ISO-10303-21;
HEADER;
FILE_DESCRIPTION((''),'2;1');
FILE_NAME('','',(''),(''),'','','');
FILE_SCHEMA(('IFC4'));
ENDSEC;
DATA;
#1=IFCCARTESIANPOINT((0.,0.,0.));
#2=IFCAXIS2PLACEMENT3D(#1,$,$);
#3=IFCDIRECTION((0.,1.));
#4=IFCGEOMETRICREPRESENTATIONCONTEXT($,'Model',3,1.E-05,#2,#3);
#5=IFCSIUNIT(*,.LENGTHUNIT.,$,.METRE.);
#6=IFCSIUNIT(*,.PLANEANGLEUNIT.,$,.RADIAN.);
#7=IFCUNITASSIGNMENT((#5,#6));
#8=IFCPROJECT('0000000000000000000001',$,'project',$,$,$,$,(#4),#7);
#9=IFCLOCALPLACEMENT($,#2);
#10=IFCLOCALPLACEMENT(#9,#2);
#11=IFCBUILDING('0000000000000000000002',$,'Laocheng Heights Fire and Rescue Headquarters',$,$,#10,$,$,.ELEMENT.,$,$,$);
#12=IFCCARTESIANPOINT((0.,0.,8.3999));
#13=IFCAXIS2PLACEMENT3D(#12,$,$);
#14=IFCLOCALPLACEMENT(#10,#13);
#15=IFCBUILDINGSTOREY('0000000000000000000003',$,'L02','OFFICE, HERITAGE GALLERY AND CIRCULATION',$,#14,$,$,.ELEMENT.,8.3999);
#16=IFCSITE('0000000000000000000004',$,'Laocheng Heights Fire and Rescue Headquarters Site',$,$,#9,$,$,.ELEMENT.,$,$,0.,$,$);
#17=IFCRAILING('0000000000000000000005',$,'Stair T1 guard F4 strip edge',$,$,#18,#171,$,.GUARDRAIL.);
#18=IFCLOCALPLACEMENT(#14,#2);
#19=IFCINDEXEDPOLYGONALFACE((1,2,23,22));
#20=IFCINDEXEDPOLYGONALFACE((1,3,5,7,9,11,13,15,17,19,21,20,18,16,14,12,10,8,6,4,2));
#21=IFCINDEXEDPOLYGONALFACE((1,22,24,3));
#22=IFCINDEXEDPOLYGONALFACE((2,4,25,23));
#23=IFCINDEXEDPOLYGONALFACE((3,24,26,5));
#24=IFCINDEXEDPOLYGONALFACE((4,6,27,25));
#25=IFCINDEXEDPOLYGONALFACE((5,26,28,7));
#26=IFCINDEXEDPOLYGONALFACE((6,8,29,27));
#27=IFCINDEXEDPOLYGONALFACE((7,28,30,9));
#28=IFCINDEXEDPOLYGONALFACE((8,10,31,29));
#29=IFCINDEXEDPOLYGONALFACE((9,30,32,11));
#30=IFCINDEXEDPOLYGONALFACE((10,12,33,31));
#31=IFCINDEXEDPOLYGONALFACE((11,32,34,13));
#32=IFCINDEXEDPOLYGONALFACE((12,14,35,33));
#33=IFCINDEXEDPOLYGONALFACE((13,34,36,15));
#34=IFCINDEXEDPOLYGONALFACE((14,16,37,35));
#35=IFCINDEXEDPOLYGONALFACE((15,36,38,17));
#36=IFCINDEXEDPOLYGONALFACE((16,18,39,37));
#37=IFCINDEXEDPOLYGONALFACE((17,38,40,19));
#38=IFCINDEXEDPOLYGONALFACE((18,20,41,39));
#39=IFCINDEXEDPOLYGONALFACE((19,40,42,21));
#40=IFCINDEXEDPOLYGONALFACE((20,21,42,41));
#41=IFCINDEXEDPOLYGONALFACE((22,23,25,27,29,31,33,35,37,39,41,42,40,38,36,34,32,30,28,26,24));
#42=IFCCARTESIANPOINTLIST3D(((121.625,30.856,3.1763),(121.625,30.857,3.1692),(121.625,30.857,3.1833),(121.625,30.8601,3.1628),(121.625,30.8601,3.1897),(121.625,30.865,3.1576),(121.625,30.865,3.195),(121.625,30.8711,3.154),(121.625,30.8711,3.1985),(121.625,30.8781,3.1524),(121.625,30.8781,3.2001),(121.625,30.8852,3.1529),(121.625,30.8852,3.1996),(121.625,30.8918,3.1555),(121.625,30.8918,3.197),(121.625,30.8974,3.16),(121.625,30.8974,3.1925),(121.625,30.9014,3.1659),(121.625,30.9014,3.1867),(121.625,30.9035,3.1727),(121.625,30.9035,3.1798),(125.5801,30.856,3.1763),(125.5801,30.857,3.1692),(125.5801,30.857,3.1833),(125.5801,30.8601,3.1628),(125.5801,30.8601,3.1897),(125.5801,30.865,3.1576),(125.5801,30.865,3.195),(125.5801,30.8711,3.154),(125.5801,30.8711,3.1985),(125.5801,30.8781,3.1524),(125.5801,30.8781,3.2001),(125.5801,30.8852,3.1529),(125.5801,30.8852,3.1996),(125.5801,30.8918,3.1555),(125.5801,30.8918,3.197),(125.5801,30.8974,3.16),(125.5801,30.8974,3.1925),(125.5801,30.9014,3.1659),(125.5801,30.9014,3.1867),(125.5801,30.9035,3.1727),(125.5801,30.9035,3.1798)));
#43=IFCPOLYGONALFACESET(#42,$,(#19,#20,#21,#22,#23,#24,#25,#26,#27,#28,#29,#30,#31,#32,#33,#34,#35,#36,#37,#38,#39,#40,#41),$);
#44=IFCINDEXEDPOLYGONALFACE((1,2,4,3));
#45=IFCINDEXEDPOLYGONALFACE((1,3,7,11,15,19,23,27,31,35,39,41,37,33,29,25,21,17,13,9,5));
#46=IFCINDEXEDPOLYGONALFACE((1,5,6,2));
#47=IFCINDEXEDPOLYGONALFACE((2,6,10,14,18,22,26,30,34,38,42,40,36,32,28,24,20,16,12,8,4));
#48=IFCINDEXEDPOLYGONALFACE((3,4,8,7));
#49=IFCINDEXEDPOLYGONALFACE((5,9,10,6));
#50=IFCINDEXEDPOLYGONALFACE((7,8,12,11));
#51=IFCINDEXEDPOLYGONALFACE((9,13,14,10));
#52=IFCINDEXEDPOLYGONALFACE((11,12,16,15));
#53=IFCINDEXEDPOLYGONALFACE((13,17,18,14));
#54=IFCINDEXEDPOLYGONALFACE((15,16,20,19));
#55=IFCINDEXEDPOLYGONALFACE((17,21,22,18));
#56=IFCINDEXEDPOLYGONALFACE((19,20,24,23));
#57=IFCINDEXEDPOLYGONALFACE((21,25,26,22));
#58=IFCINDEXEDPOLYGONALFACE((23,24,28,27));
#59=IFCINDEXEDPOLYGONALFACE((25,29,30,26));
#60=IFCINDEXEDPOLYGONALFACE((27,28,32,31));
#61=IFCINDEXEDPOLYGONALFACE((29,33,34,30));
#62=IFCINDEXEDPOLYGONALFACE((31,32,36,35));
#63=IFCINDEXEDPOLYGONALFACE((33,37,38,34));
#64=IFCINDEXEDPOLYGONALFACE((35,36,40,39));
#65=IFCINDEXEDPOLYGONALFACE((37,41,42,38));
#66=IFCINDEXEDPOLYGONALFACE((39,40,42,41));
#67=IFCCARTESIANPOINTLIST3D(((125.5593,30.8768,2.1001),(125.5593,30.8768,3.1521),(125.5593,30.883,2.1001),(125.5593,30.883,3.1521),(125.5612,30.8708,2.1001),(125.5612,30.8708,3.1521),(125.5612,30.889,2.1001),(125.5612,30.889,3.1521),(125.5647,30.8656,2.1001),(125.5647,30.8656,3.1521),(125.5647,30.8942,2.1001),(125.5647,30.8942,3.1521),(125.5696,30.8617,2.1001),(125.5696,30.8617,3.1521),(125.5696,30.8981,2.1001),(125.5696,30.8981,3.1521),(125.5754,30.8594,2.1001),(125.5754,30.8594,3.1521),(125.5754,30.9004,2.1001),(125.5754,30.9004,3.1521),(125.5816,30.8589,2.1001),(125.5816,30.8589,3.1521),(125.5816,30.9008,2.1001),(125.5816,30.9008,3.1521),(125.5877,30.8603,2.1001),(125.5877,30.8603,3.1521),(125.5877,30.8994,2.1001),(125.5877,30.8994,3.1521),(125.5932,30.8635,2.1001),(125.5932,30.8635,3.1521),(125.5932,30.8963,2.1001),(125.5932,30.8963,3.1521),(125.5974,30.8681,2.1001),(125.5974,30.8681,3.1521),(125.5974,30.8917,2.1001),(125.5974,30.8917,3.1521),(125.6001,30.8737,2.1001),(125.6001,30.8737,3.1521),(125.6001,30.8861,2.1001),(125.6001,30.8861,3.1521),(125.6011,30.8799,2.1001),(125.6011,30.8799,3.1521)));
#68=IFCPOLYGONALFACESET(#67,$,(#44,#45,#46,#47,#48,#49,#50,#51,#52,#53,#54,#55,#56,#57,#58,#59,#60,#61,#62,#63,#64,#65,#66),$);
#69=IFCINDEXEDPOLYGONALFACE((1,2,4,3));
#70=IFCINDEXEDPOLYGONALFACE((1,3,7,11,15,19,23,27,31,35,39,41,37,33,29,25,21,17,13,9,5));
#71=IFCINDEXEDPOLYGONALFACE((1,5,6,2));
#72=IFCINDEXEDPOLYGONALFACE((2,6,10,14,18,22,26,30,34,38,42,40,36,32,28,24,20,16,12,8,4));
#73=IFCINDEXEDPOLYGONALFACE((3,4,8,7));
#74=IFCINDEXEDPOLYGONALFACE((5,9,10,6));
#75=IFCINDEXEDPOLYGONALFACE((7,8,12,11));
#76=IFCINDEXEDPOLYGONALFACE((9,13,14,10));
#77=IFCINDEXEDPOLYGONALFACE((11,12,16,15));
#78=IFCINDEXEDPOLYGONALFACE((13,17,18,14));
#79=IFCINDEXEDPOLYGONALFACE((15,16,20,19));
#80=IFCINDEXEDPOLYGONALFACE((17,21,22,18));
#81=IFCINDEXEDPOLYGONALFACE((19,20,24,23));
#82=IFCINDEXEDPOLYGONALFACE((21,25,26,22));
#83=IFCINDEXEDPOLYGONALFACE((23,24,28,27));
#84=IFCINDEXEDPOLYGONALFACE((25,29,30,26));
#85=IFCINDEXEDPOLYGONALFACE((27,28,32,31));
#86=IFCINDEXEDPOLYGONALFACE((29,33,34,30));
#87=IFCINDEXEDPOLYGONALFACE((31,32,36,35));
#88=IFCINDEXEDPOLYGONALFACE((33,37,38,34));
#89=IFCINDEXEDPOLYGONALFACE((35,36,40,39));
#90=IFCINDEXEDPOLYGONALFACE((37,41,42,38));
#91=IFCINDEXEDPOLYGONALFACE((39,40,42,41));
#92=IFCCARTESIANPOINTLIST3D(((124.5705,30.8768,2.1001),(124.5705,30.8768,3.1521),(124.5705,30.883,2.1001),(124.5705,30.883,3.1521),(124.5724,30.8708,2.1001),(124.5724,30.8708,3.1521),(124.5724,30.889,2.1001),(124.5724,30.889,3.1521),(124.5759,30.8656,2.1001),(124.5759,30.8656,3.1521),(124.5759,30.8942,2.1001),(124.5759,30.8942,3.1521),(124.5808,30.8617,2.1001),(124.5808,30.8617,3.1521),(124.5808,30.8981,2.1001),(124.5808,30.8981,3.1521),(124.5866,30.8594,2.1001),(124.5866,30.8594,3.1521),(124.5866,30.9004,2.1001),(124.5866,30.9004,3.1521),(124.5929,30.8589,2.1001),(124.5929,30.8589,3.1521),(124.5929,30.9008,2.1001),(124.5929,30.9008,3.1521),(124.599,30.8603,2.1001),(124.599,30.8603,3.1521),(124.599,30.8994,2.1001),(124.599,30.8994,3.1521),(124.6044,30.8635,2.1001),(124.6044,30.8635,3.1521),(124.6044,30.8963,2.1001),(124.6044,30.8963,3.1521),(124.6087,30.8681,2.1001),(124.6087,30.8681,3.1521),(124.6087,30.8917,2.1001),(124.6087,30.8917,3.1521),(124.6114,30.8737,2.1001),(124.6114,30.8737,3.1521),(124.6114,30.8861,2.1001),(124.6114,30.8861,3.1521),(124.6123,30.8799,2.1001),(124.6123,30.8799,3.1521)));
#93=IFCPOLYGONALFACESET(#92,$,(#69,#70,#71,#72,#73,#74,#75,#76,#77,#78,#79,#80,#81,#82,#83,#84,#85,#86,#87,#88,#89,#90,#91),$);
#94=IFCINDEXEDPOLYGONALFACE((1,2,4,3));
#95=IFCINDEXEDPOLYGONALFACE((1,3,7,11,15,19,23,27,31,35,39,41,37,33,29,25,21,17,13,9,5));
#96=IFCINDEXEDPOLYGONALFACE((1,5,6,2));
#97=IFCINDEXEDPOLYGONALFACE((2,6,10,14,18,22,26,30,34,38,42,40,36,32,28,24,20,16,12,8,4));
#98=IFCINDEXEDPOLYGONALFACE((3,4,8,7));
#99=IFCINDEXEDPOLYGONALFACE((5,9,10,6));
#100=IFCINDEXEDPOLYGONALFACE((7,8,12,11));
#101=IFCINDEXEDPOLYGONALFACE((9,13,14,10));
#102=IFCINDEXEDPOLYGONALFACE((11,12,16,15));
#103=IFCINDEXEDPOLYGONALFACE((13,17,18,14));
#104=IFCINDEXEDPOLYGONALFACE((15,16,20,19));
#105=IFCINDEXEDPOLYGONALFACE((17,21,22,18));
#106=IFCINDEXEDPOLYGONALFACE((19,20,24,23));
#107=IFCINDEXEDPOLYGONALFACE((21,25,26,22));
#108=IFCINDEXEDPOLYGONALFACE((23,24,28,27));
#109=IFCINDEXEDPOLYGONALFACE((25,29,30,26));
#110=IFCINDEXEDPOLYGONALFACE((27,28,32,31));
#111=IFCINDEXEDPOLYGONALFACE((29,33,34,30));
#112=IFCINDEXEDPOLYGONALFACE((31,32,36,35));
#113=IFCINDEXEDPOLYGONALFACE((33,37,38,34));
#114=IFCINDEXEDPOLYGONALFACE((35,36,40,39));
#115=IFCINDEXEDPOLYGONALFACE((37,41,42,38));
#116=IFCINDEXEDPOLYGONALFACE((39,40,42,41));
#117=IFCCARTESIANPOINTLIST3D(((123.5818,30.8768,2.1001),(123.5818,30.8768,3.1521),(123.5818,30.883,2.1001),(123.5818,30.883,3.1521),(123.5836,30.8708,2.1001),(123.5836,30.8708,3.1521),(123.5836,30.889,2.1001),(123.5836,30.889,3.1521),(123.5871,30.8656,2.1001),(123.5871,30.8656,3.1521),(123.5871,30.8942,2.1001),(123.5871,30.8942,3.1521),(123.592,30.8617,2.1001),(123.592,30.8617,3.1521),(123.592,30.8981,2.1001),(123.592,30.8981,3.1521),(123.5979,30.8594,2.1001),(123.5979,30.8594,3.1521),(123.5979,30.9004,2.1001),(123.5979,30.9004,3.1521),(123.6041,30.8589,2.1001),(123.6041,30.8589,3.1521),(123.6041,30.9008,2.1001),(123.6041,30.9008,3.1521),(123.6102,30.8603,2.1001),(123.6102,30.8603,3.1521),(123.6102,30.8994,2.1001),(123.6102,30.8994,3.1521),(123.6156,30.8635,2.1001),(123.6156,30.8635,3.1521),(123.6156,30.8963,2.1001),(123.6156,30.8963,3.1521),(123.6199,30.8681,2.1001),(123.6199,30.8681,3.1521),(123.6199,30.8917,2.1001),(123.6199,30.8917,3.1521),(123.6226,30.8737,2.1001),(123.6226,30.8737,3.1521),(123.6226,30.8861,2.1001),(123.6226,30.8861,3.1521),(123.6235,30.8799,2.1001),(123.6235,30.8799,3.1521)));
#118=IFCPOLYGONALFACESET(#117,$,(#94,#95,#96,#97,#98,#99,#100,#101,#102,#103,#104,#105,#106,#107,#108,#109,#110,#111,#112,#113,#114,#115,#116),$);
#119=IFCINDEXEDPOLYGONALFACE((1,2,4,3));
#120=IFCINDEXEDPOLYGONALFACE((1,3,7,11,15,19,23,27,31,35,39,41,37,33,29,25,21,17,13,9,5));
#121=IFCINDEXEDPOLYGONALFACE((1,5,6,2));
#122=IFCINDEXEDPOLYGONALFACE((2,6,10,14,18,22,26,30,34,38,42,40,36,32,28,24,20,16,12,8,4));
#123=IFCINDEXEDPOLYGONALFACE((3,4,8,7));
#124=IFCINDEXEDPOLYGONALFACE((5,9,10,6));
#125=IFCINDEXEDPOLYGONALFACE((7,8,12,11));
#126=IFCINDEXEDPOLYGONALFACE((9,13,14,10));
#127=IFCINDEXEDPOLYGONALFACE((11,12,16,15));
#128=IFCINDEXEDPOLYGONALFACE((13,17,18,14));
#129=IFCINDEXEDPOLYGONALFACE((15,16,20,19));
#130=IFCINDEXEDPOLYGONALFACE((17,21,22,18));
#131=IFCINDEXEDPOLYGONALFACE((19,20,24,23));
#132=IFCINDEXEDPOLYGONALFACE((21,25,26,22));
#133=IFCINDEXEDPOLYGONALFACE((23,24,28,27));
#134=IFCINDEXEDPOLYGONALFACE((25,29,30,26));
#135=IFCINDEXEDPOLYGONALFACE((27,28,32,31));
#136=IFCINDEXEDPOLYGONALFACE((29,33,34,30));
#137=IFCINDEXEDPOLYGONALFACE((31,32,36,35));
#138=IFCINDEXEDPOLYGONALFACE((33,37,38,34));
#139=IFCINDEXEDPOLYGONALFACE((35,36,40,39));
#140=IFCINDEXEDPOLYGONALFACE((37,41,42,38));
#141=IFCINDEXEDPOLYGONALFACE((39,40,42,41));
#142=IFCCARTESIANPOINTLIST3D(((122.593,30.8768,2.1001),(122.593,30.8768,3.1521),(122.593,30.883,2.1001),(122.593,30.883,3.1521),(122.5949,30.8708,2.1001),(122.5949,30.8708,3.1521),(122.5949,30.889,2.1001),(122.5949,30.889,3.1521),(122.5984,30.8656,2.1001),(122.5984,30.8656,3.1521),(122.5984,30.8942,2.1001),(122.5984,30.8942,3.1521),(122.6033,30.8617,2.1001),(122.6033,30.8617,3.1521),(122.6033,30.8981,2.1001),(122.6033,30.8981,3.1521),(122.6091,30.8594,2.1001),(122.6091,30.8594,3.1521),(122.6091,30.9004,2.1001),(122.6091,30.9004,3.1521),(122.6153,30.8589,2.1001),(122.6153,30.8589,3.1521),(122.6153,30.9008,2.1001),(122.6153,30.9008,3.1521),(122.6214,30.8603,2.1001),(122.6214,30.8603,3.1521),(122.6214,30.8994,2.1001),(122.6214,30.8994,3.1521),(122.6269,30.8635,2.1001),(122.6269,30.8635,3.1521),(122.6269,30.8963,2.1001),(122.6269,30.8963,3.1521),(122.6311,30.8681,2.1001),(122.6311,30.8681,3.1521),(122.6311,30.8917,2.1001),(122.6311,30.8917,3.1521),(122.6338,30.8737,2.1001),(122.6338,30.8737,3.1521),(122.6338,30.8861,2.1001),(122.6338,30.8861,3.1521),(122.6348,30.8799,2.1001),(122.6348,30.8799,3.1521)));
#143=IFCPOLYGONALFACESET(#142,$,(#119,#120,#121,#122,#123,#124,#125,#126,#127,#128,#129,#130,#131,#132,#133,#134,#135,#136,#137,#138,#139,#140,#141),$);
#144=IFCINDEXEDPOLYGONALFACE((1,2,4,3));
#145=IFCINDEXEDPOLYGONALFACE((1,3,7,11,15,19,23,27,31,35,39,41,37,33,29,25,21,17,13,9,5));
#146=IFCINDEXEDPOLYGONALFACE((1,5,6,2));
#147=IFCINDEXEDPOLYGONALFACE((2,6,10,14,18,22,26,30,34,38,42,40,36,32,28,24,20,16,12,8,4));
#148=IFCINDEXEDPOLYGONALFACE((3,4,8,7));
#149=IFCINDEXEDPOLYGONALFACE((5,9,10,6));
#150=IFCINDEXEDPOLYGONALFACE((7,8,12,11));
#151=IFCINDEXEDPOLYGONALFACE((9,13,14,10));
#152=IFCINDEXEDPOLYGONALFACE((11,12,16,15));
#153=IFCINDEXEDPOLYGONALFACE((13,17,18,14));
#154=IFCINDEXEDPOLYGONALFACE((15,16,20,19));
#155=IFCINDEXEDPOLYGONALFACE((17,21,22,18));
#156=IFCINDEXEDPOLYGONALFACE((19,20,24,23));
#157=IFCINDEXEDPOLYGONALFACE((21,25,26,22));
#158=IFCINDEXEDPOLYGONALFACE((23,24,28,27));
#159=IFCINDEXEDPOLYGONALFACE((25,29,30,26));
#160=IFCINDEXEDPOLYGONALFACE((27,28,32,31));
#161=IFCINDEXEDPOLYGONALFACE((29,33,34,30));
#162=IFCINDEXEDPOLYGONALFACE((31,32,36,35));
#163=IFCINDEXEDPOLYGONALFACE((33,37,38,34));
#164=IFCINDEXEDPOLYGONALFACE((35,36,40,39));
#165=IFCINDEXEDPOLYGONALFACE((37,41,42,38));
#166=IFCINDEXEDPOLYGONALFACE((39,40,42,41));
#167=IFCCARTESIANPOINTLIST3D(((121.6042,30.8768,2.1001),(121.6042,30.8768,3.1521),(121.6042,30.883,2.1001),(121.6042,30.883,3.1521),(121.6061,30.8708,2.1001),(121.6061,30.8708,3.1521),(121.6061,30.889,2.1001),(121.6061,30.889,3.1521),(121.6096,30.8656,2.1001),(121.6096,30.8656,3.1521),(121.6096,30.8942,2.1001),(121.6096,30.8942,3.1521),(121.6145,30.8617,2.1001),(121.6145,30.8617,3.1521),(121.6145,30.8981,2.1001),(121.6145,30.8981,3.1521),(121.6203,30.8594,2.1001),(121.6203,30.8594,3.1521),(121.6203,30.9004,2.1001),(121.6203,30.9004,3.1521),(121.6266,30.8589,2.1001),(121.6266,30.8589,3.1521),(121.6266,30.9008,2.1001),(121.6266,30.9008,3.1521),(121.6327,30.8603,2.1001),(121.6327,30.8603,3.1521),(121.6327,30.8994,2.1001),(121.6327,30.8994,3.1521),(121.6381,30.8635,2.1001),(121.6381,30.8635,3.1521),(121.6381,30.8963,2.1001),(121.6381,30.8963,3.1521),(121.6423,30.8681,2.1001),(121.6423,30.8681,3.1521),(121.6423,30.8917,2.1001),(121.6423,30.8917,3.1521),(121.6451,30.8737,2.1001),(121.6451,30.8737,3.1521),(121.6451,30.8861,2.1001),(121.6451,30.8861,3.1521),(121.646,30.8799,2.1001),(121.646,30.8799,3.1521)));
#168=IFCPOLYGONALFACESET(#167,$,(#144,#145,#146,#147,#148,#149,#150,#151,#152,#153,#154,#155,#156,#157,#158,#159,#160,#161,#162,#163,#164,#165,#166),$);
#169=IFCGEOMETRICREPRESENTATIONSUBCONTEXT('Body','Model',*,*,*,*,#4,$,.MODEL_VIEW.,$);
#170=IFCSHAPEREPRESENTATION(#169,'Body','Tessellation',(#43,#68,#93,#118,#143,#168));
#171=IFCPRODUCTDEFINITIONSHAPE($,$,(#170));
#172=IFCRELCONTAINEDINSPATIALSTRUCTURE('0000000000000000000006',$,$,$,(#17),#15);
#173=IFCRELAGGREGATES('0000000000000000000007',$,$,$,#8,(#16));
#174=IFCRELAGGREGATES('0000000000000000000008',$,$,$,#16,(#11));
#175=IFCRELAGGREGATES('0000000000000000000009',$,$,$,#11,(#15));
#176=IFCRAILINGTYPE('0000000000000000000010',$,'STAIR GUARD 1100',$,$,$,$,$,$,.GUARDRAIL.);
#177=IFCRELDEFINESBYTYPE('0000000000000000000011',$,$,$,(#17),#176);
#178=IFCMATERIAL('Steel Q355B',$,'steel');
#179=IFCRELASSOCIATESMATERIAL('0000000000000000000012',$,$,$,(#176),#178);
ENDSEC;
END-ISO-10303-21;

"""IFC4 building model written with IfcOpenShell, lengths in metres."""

from ifc_helpers import new_model, si_unit, direction, frame, origin, origin_2d, place, context, subcontext, project, spatial, circle, extrude, material, type_object, element, save


model = new_model("IFC4")

# Units and contexts
model_context = context("Model", 3, precision=1e-05, world=origin(), true_north=direction((0.0, 1.0)))
body_context = subcontext(model_context, "Body", "Model", "MODEL_VIEW")
ifc_project = project(units=[si_unit("LENGTHUNIT", "METRE"), si_unit("PLANEANGLEUNIT", "RADIAN")], contexts=[model_context])

# Site, building, storey
site_placement = place(None, origin())
site = spatial("IfcSite", under=ifc_project, at=site_placement, Name="Laocheng Heights Fire and Rescue Headquarters Site", CompositionType="ELEMENT", RefElevation=0.0)
building_placement = place(site_placement, origin())
building = spatial("IfcBuilding", under=site, at=building_placement, Name="Laocheng Heights Fire and Rescue Headquarters", CompositionType="ELEMENT")
storey_placement = place(building_placement, frame((0.0, 0.0, 8.3999)))
storey = spatial("IfcBuildingStorey", under=building, at=storey_placement, Name="L02", Description="OFFICE, HERITAGE GALLERY AND CIRCULATION", CompositionType="ELEMENT", Elevation=8.3999)

# Railing
ifc_material_1 = material(Name="Steel Q355B", Category="steel")
railing_type_1 = type_object("IfcRailingType", Name="STAIR GUARD 1100", PredefinedType="GUARDRAIL", material=ifc_material_1)
railing_1_placement = place(storey_placement, frame((125.5801, 30.8799, 2.1001)))
element("IfcRailing", 1, at=railing_1_placement, inside=storey, type_object=railing_type_1, Name="Stair T1 guard F4 strip edge", PredefinedType="GUARDRAIL", context=body_context, shape_type="SweptSolid", body=[
    extrude(circle(Radius=0.0239, at=origin_2d()), frame((0.0, 0.0, 1.0762), z_axis=(-1.0, 0.0, 0.0), x_axis=(0.0, -1.0, 0.0)), (0.0, 0.0, 1.0), 3.9551),
    extrude(circle(Radius=0.021, at=origin_2d()), origin(), (0.0, 0.0, 1.0), 1.052),
    extrude(circle(Radius=0.021, at=origin_2d()), frame((-0.9888, 0.0, 0.0)), (0.0, 0.0, 1.0), 1.052),
    extrude(circle(Radius=0.021, at=origin_2d()), frame((-1.9775, 0.0, 0.0)), (0.0, 0.0, 1.0), 1.052),
    extrude(circle(Radius=0.021, at=origin_2d()), frame((-2.9663, 0.0, 0.0)), (0.0, 0.0, 1.0), 1.052),
    extrude(circle(Radius=0.021, at=origin_2d()), frame((-3.9551, 0.0, 0.0)), (0.0, 0.0, 1.0), 1.052),
])

save(model, "model.ifc")
